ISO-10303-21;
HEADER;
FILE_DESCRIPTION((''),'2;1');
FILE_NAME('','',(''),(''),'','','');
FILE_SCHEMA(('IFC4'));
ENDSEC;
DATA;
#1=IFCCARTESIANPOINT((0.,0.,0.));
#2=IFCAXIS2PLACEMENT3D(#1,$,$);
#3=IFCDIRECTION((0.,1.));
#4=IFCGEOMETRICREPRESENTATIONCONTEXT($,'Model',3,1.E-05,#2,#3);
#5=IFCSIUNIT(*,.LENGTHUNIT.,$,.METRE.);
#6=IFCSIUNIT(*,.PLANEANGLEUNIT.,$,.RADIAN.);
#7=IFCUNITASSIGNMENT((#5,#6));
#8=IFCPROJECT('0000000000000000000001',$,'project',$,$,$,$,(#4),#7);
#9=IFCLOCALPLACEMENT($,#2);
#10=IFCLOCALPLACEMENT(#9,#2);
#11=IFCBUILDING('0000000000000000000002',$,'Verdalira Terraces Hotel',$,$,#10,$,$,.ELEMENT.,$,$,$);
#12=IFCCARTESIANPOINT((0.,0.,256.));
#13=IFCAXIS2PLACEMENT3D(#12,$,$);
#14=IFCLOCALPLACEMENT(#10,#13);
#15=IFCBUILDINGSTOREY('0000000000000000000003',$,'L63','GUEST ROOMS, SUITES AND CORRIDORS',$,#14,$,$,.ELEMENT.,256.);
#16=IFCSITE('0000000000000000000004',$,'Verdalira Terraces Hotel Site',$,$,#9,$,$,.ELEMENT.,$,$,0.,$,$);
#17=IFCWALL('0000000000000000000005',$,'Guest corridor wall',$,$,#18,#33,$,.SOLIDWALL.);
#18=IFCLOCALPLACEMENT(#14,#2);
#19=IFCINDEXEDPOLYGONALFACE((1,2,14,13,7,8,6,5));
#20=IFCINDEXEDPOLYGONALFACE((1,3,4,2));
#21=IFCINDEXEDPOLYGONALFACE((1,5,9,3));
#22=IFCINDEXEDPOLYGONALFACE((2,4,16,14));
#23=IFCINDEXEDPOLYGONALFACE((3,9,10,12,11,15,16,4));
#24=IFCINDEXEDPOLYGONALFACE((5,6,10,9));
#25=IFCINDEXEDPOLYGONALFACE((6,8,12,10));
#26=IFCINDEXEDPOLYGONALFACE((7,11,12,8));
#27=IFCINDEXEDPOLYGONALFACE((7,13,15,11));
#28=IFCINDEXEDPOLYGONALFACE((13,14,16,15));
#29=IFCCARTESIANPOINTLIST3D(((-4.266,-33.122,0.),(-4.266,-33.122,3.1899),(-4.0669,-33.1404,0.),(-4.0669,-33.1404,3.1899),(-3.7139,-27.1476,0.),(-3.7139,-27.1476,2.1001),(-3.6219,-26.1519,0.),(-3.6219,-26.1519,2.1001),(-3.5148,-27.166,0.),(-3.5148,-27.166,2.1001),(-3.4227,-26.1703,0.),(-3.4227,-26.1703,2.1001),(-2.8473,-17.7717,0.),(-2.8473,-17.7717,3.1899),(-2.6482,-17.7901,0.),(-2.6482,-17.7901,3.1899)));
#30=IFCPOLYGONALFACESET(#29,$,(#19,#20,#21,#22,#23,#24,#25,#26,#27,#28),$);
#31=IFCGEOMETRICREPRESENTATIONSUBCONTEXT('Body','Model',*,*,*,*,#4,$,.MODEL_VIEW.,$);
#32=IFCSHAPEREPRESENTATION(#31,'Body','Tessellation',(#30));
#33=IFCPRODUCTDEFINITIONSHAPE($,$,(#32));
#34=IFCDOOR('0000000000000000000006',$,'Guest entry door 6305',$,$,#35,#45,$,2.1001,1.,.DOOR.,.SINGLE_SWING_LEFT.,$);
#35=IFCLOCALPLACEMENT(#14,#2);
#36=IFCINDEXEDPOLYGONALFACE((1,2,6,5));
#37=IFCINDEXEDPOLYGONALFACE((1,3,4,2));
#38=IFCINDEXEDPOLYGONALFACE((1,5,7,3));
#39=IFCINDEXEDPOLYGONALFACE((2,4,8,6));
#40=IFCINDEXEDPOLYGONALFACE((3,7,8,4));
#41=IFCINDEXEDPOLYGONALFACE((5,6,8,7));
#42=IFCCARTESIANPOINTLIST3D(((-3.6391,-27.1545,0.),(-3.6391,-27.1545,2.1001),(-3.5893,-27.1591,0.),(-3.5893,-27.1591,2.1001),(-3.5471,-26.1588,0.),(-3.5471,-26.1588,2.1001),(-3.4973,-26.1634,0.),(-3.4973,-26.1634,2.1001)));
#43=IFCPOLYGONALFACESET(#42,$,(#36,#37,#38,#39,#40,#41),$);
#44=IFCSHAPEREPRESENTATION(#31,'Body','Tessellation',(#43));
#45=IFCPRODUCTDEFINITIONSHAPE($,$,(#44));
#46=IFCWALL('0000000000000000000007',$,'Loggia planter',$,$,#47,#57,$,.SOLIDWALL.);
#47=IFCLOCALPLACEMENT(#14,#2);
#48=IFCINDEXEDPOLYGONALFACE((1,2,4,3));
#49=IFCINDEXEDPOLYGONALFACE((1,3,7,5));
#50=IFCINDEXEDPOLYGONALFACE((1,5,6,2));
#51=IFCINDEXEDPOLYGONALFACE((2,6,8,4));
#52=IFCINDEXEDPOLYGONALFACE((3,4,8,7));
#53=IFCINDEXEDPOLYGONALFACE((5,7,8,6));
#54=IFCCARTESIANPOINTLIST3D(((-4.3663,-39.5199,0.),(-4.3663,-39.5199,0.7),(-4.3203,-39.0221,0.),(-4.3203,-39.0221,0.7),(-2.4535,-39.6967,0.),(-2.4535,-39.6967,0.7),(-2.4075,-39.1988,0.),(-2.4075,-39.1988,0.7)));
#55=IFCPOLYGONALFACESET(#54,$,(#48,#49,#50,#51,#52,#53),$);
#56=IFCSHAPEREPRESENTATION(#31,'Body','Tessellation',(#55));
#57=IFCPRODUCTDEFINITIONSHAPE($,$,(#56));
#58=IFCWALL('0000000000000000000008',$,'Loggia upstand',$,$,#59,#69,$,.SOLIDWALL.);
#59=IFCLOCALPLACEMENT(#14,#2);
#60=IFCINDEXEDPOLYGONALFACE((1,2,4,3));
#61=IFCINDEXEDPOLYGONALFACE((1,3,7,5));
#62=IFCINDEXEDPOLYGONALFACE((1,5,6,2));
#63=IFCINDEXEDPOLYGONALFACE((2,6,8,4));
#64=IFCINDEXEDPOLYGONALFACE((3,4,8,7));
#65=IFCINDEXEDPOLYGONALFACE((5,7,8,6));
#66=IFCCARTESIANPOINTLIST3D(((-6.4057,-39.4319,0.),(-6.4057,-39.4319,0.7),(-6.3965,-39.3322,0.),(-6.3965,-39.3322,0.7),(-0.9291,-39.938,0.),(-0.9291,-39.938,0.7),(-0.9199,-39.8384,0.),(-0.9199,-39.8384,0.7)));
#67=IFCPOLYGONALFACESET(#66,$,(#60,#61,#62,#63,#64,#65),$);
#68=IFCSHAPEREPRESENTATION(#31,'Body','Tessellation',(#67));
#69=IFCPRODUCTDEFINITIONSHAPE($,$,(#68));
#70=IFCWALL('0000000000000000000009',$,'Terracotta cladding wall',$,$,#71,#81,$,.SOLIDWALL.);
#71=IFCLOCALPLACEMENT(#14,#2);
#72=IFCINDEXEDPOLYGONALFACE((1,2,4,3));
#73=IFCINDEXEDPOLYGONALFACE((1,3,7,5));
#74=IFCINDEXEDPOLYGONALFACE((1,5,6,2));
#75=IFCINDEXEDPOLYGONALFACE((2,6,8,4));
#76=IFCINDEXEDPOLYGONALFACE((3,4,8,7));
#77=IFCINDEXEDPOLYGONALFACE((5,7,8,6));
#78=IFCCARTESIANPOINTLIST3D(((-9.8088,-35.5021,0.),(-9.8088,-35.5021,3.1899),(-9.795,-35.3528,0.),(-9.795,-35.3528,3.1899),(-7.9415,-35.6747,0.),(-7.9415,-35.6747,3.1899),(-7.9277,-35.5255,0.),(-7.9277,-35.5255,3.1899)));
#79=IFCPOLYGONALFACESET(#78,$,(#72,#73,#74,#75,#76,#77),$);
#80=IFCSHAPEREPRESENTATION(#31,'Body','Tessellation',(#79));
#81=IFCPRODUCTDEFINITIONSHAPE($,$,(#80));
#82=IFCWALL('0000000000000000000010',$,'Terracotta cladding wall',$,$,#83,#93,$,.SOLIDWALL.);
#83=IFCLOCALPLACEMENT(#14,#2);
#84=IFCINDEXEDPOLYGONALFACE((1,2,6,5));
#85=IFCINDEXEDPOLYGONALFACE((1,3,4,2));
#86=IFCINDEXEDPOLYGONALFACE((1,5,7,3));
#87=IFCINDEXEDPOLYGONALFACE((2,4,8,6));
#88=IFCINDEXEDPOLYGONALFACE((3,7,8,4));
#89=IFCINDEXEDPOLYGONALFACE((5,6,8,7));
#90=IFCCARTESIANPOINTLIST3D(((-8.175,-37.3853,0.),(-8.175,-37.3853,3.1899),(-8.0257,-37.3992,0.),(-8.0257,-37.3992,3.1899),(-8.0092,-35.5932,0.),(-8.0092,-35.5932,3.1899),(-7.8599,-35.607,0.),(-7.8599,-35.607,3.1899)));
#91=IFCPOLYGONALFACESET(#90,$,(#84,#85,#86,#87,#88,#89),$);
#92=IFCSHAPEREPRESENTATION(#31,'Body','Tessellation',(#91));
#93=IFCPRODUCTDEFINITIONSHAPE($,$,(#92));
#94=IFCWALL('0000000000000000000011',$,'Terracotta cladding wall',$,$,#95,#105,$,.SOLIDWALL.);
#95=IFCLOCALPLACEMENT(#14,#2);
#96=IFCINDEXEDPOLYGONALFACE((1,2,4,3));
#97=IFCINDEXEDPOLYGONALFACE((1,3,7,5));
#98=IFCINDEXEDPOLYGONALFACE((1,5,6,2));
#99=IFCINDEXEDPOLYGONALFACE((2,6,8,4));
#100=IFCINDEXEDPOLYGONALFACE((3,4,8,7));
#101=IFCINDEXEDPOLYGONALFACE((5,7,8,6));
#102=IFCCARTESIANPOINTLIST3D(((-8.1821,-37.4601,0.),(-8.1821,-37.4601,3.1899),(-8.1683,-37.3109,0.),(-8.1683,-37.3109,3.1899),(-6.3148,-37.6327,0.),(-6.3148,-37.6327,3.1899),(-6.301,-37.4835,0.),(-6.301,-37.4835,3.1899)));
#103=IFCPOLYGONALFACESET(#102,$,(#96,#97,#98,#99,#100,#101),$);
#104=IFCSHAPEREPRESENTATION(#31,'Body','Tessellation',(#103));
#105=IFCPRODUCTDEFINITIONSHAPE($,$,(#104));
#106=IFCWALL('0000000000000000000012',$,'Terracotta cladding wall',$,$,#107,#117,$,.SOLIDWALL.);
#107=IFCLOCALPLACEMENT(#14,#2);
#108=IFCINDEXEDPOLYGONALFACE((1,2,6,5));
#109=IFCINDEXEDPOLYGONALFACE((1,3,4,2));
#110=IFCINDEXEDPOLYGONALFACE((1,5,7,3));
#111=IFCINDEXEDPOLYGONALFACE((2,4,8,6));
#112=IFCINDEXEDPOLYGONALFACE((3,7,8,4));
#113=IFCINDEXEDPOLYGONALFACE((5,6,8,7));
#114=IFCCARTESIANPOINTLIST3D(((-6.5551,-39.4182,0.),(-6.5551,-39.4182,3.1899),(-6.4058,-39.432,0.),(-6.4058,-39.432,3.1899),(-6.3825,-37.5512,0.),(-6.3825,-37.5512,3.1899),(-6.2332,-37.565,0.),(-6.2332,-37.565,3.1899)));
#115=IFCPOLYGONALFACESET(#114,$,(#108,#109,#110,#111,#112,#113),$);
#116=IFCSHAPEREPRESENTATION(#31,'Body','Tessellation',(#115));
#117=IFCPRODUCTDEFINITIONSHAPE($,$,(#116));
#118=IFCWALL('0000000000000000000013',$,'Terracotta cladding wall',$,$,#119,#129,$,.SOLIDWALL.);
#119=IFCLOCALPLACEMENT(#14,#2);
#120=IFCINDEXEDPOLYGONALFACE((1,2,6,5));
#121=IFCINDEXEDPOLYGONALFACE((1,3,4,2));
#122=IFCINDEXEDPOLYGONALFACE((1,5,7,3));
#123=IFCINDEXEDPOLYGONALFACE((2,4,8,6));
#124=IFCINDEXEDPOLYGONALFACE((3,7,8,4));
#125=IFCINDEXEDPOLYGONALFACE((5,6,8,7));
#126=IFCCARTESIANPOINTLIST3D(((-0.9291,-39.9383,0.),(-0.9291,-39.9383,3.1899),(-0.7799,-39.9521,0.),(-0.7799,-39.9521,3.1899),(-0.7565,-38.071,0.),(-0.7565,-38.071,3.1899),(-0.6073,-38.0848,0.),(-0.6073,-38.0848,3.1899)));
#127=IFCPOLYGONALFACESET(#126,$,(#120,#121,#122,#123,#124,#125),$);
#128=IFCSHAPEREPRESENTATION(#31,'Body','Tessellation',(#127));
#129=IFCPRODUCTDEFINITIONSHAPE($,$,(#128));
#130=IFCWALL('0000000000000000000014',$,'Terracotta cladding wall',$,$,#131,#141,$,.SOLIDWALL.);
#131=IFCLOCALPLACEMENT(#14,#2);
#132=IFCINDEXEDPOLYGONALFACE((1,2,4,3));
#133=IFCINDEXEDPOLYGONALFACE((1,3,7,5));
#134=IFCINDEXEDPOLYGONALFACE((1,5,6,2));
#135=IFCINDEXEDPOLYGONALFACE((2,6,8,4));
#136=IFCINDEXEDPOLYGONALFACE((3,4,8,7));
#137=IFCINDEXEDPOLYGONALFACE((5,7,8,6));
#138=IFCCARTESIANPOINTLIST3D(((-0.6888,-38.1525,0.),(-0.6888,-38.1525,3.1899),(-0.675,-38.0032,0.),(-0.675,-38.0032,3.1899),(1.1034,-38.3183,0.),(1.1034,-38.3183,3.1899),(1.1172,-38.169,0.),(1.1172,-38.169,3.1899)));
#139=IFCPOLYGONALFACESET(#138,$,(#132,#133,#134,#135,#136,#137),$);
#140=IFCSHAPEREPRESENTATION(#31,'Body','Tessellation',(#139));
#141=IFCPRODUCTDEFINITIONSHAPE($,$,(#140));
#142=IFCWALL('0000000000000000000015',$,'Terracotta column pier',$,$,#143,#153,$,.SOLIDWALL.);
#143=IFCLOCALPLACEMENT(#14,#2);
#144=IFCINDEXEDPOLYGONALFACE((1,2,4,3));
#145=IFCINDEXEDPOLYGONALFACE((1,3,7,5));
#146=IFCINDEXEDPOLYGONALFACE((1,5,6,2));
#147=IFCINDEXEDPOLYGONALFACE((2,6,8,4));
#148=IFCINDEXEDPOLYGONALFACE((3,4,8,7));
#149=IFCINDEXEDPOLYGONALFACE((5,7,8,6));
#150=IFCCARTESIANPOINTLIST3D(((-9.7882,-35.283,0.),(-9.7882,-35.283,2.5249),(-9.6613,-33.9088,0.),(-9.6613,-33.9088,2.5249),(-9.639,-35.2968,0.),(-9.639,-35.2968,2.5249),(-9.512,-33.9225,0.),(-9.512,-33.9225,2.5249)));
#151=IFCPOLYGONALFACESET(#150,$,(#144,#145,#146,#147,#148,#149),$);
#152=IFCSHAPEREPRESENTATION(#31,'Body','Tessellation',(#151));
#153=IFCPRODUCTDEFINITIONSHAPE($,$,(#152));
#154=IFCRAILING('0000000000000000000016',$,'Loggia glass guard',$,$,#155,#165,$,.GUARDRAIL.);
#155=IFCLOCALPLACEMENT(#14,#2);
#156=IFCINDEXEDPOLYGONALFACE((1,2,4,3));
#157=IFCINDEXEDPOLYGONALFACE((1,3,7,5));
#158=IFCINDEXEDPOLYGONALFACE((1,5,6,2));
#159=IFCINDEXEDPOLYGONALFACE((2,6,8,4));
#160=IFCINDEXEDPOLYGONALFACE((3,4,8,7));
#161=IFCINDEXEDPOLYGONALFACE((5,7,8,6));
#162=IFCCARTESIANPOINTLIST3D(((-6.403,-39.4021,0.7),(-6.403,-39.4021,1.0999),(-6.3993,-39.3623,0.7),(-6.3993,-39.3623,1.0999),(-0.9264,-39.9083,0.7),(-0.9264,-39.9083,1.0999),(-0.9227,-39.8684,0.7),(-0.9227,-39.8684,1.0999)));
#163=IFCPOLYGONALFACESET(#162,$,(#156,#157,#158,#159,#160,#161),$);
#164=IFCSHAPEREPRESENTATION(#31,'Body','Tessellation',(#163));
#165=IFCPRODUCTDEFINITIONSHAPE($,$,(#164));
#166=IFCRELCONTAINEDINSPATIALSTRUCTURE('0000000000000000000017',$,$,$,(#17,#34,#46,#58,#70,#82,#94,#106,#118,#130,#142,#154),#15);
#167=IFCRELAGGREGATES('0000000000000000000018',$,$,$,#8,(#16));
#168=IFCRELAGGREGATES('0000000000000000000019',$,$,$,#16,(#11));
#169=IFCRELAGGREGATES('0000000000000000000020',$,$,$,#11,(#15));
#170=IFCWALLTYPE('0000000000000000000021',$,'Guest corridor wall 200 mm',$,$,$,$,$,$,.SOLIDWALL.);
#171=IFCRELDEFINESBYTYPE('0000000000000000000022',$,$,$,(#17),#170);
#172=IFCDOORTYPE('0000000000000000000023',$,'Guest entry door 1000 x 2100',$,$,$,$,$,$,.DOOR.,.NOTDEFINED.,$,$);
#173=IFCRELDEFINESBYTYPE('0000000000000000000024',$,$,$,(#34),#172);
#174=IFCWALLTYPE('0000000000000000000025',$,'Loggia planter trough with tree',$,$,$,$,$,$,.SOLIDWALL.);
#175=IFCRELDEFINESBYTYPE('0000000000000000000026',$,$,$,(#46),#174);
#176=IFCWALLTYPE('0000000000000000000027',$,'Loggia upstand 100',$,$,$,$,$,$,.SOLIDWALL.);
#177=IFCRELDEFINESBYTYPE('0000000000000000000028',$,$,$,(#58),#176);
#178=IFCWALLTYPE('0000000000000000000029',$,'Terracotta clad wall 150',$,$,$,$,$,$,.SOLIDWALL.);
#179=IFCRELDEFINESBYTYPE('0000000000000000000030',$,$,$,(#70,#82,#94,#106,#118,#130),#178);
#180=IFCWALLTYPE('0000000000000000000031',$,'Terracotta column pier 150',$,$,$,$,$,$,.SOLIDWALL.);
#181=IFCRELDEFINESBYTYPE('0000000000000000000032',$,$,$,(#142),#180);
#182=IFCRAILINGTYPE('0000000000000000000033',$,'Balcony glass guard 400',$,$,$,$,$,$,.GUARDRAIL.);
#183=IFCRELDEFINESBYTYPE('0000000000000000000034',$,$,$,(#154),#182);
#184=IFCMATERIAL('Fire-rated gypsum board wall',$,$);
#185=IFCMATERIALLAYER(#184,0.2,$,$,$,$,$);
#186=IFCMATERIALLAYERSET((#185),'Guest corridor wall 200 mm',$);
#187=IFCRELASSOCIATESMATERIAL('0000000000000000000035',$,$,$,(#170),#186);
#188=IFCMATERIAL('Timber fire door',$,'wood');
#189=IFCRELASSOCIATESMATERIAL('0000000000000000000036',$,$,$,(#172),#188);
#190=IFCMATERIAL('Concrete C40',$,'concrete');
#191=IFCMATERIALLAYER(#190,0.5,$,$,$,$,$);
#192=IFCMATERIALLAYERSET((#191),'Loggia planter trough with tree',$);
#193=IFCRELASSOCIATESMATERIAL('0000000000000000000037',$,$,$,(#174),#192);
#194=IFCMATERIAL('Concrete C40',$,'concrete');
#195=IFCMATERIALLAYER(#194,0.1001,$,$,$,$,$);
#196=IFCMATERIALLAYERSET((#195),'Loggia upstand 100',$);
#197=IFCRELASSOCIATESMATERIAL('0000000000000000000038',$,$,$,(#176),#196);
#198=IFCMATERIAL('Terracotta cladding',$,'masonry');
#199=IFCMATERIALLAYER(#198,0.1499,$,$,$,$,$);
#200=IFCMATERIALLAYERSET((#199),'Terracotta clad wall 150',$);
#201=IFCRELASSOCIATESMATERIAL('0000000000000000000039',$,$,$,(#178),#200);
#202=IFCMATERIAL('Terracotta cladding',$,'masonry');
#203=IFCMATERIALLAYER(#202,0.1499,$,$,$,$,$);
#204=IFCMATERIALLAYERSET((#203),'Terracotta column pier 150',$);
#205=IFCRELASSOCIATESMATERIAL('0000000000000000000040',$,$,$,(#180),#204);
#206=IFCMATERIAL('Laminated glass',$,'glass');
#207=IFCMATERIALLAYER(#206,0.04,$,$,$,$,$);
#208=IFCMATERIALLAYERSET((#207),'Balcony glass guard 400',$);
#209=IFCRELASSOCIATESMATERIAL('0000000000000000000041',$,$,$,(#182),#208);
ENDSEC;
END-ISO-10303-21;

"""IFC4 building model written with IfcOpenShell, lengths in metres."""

from ifc_helpers import new_model, si_unit, direction, frame, frame_2d, origin, origin_2d, place, context, subcontext, project, spatial, rectangle, extrude, material, layer, layer_set, type_object, element, fill, save


model = new_model("IFC4")

# Units and contexts
model_context = context("Model", 3, precision=1e-05, world=origin(), true_north=direction((0.0, 1.0)))
body_context = subcontext(model_context, "Body", "Model", "MODEL_VIEW")
ifc_project = project(units=[si_unit("LENGTHUNIT", "METRE"), si_unit("PLANEANGLEUNIT", "RADIAN")], contexts=[model_context])

# Site, building, storey
site_placement = place(None, origin())
site = spatial("IfcSite", under=ifc_project, at=site_placement, Name="Verdalira Terraces Hotel Site", CompositionType="ELEMENT", RefElevation=0.0)
building_placement = place(site_placement, origin())
building = spatial("IfcBuilding", under=site, at=building_placement, Name="Verdalira Terraces Hotel", CompositionType="ELEMENT")
storey_placement = place(building_placement, frame((0.0, 0.0, 256.0)))
storey = spatial("IfcBuildingStorey", under=building, at=storey_placement, Name="L63", Description="GUEST ROOMS, SUITES AND CORRIDORS", CompositionType="ELEMENT", Elevation=256.0)

# Wall, opening, door
ifc_material_1 = material(Name="Fire-rated gypsum board wall")
ifc_layer_1 = layer(ifc_material_1, 0.2)
ifc_layer_set_1 = layer_set([ifc_layer_1], Name="Guest corridor wall 200 mm")
wall_type_1 = type_object("IfcWallType", Name="Guest corridor wall 200 mm", PredefinedType="SOLIDWALL", material=ifc_layer_set_1)
wall_1_placement = place(storey_placement, frame((-4.1665, -33.1313, 0.0), z_axis=(0.0, 0.0, 1.0), x_axis=(0.092029, 0.995756, 0.0)))
wall_1 = element("IfcWall", 1, at=wall_1_placement, inside=storey, type_object=wall_type_1, Name="Guest corridor wall", PredefinedType="SOLIDWALL", context=body_context, shape_type="SweptSolid", body=[
    extrude(rectangle(XDim=15.4158, YDim=0.2, at=frame_2d((7.708, 0.0))), origin(), (0.0, 0.0, 1.0), 3.1899),
])
opening_placement = place(wall_1_placement, frame((6.0, 0.0, 0.0)))
opening = element("IfcOpeningElement", 2, at=opening_placement, cuts=wall_1, PredefinedType="OPENING", context=body_context, shape_type="SweptSolid", body=[
    extrude(rectangle(XDim=1.0, YDim=2.1001, at=frame_2d((0.5, 1.05))), frame((0.0, 0.1099, 0.0), z_axis=(0.0, -1.0, 0.0), x_axis=(1.0, 0.0, 0.0)), (0.0, 0.0, 1.0), 0.22),
])
ifc_material_2 = material(Name="Timber fire door", Category="wood")
door_type = type_object("IfcDoorType", Name="Guest entry door 1000 x 2100", OperationType="NOTDEFINED", PredefinedType="DOOR", material=ifc_material_2)
door_placement = place(opening_placement, origin())
door = element("IfcDoor", 3, at=door_placement, inside=storey, type_object=door_type, Name="Guest entry door 6305", OperationType="SINGLE_SWING_LEFT", OverallHeight=2.1001, OverallWidth=1.0, PredefinedType="DOOR", context=body_context, shape_type="SweptSolid", body=[
    extrude(rectangle(XDim=1.0, YDim=2.1001, at=frame_2d((0.5, 1.05))), frame((0.0, 0.0249, 0.0), z_axis=(0.0, -1.0, 0.0), x_axis=(1.0, 0.0, 0.0)), (0.0, 0.0, 1.0), 0.05),
])
fill(opening, door)

# Walls
ifc_material_3 = material(Name="Concrete C40", Category="concrete")
ifc_layer_2 = layer(ifc_material_3, 0.5)
ifc_layer_set_2 = layer_set([ifc_layer_2], Name="Loggia planter trough with tree")
wall_type_2 = type_object("IfcWallType", Name="Loggia planter trough with tree", PredefinedType="SOLIDWALL", material=ifc_layer_set_2)
wall_2_placement = place(storey_placement, frame((-4.3433, -39.271, 0.0), z_axis=(0.0, 0.0, 1.0), x_axis=(0.995758, -0.092014, 0.0)))
element("IfcWall", 4, at=wall_2_placement, inside=storey, type_object=wall_type_2, Name="Loggia planter", PredefinedType="SOLIDWALL", context=body_context, shape_type="SweptSolid", body=[
    extrude(rectangle(XDim=1.9209, YDim=0.5, at=frame_2d((0.9604, 0.0))), origin(), (0.0, 0.0, 1.0), 0.7),
])
ifc_material_4 = material(Name="Concrete C40", Category="concrete")
ifc_layer_3 = layer(ifc_material_4, 0.1001)
ifc_layer_set_3 = layer_set([ifc_layer_3], Name="Loggia upstand 100")
wall_type_3 = type_object("IfcWallType", Name="Loggia upstand 100", PredefinedType="SOLIDWALL", material=ifc_layer_set_3)
wall_3_placement = place(storey_placement, frame((-6.4011, -39.3821, 0.0), z_axis=(0.0, 0.0, 1.0), x_axis=(0.995757, -0.092021, 0.0)))
element("IfcWall", 5, at=wall_3_placement, inside=storey, type_object=wall_type_3, Name="Loggia upstand", PredefinedType="SOLIDWALL", context=body_context, shape_type="SweptSolid", body=[
    extrude(rectangle(XDim=5.5, YDim=0.1001, at=frame_2d((2.75, 0.0))), origin(), (0.0, 0.0, 1.0), 0.7),
])
ifc_material_5 = material(Name="Terracotta cladding", Category="masonry")
ifc_layer_4 = layer(ifc_material_5, 0.1499)
ifc_layer_set_4 = layer_set([ifc_layer_4], Name="Terracotta clad wall 150")
wall_type_4 = type_object("IfcWallType", Name="Terracotta clad wall 150", PredefinedType="SOLIDWALL", material=ifc_layer_set_4)
wall_4_placement = place(storey_placement, frame((-9.8018, -35.4275, 0.0), z_axis=(0.0, 0.0, 1.0), x_axis=(0.995754, -0.09205, 0.0)))
element("IfcWall", 6, at=wall_4_placement, inside=storey, type_object=wall_type_4, Name="Terracotta cladding wall", PredefinedType="SOLIDWALL", context=body_context, shape_type="SweptSolid", body=[
    extrude(rectangle(XDim=1.8752, YDim=0.1499, at=frame_2d((0.9375, 0.0))), origin(), (0.0, 0.0, 1.0), 3.1899),
])
wall_5_placement = place(storey_placement, frame((-7.9346, -35.6001, 0.0), z_axis=(0.0, 0.0, 1.0), x_axis=(-0.092101, -0.99575, 0.0)))
element("IfcWall", 7, at=wall_5_placement, inside=storey, type_object=wall_type_4, Name="Terracotta cladding wall", PredefinedType="SOLIDWALL", context=body_context, shape_type="SweptSolid", body=[
    extrude(rectangle(XDim=1.7998, YDim=0.1499, at=frame_2d((0.8999, 0.0))), origin(), (0.0, 0.0, 1.0), 3.1899),
])
wall_6_placement = place(storey_placement, frame((-8.175, -37.3855, 0.0), z_axis=(0.0, 0.0, 1.0), x_axis=(0.995754, -0.09205, 0.0)))
element("IfcWall", 8, at=wall_6_placement, inside=storey, type_object=wall_type_4, Name="Terracotta cladding wall", PredefinedType="SOLIDWALL", context=body_context, shape_type="SweptSolid", body=[
    extrude(rectangle(XDim=1.8752, YDim=0.1499, at=frame_2d((0.9375, 0.0))), origin(), (0.0, 0.0, 1.0), 3.1899),
])
wall_7_placement = place(storey_placement, frame((-6.3079, -37.5581, 0.0), z_axis=(0.0, 0.0, 1.0), x_axis=(-0.092062, -0.995753, 0.0)))
element("IfcWall", 9, at=wall_7_placement, inside=storey, type_object=wall_type_4, Name="Terracotta cladding wall", PredefinedType="SOLIDWALL", context=body_context, shape_type="SweptSolid", body=[
    extrude(rectangle(XDim=1.875, YDim=0.1499, at=frame_2d((0.9375, 0.0))), origin(), (0.0, 0.0, 1.0), 3.1899),
])
wall_8_placement = place(storey_placement, frame((-0.8545, -39.9451, 0.0), z_axis=(0.0, 0.0, 1.0), x_axis=(0.09205, 0.995754, 0.0)))
element("IfcWall", 10, at=wall_8_placement, inside=storey, type_object=wall_type_4, Name="Terracotta cladding wall", PredefinedType="SOLIDWALL", context=body_context, shape_type="SweptSolid", body=[
    extrude(rectangle(XDim=1.8752, YDim=0.1499, at=frame_2d((0.9375, 0.0))), origin(), (0.0, 0.0, 1.0), 3.1899),
])
wall_9_placement = place(storey_placement, frame((-0.6819, -38.0779, 0.0), z_axis=(0.0, 0.0, 1.0), x_axis=(0.99575, -0.092101, 0.0)))
element("IfcWall", 11, at=wall_9_placement, inside=storey, type_object=wall_type_4, Name="Terracotta cladding wall", PredefinedType="SOLIDWALL", context=body_context, shape_type="SweptSolid", body=[
    extrude(rectangle(XDim=1.7998, YDim=0.1499, at=frame_2d((0.8999, 0.0))), origin(), (0.0, 0.0, 1.0), 3.1899),
])
ifc_material_6 = material(Name="Terracotta cladding", Category="masonry")
ifc_layer_5 = layer(ifc_material_6, 0.1499)
ifc_layer_set_5 = layer_set([ifc_layer_5], Name="Terracotta column pier 150")
wall_type_5 = type_object("IfcWallType", Name="Terracotta column pier 150", PredefinedType="SOLIDWALL", material=ifc_layer_set_5)
wall_10_placement = place(storey_placement, frame((-9.5867, -33.9158, 0.0), z_axis=(0.0, 0.0, 1.0), x_axis=(-0.091987, -0.99576, 0.0)))
element("IfcWall", 12, at=wall_10_placement, inside=storey, type_object=wall_type_5, Name="Terracotta column pier", PredefinedType="SOLIDWALL", context=body_context, shape_type="SweptSolid", body=[
    extrude(rectangle(XDim=1.3801, YDim=0.1499, at=frame_2d((0.6899, 0.0))), origin(), (0.0, 0.0, 1.0), 2.5249),
])

# Railing
ifc_material_7 = material(Name="Laminated glass", Category="glass")
ifc_layer_6 = layer(ifc_material_7, 0.04)
ifc_layer_set_6 = layer_set([ifc_layer_6], Name="Balcony glass guard 400")
railing_type = type_object("IfcRailingType", Name="Balcony glass guard 400", PredefinedType="GUARDRAIL", material=ifc_layer_set_6)
railing_placement = place(storey_placement, frame((-3.6628, -39.6353, 0.7), z_axis=(0.0, 0.0, 1.0), x_axis=(0.995757, -0.092023, 0.0)))
element("IfcRailing", 13, at=railing_placement, inside=storey, type_object=railing_type, Name="Loggia glass guard", PredefinedType="GUARDRAIL", context=body_context, shape_type="SweptSolid", body=[
    extrude(rectangle(XDim=5.5, YDim=0.04, at=origin_2d()), origin(), (0.0, 0.0, 1.0), 0.3999),
])

save(model, "model.ifc")
